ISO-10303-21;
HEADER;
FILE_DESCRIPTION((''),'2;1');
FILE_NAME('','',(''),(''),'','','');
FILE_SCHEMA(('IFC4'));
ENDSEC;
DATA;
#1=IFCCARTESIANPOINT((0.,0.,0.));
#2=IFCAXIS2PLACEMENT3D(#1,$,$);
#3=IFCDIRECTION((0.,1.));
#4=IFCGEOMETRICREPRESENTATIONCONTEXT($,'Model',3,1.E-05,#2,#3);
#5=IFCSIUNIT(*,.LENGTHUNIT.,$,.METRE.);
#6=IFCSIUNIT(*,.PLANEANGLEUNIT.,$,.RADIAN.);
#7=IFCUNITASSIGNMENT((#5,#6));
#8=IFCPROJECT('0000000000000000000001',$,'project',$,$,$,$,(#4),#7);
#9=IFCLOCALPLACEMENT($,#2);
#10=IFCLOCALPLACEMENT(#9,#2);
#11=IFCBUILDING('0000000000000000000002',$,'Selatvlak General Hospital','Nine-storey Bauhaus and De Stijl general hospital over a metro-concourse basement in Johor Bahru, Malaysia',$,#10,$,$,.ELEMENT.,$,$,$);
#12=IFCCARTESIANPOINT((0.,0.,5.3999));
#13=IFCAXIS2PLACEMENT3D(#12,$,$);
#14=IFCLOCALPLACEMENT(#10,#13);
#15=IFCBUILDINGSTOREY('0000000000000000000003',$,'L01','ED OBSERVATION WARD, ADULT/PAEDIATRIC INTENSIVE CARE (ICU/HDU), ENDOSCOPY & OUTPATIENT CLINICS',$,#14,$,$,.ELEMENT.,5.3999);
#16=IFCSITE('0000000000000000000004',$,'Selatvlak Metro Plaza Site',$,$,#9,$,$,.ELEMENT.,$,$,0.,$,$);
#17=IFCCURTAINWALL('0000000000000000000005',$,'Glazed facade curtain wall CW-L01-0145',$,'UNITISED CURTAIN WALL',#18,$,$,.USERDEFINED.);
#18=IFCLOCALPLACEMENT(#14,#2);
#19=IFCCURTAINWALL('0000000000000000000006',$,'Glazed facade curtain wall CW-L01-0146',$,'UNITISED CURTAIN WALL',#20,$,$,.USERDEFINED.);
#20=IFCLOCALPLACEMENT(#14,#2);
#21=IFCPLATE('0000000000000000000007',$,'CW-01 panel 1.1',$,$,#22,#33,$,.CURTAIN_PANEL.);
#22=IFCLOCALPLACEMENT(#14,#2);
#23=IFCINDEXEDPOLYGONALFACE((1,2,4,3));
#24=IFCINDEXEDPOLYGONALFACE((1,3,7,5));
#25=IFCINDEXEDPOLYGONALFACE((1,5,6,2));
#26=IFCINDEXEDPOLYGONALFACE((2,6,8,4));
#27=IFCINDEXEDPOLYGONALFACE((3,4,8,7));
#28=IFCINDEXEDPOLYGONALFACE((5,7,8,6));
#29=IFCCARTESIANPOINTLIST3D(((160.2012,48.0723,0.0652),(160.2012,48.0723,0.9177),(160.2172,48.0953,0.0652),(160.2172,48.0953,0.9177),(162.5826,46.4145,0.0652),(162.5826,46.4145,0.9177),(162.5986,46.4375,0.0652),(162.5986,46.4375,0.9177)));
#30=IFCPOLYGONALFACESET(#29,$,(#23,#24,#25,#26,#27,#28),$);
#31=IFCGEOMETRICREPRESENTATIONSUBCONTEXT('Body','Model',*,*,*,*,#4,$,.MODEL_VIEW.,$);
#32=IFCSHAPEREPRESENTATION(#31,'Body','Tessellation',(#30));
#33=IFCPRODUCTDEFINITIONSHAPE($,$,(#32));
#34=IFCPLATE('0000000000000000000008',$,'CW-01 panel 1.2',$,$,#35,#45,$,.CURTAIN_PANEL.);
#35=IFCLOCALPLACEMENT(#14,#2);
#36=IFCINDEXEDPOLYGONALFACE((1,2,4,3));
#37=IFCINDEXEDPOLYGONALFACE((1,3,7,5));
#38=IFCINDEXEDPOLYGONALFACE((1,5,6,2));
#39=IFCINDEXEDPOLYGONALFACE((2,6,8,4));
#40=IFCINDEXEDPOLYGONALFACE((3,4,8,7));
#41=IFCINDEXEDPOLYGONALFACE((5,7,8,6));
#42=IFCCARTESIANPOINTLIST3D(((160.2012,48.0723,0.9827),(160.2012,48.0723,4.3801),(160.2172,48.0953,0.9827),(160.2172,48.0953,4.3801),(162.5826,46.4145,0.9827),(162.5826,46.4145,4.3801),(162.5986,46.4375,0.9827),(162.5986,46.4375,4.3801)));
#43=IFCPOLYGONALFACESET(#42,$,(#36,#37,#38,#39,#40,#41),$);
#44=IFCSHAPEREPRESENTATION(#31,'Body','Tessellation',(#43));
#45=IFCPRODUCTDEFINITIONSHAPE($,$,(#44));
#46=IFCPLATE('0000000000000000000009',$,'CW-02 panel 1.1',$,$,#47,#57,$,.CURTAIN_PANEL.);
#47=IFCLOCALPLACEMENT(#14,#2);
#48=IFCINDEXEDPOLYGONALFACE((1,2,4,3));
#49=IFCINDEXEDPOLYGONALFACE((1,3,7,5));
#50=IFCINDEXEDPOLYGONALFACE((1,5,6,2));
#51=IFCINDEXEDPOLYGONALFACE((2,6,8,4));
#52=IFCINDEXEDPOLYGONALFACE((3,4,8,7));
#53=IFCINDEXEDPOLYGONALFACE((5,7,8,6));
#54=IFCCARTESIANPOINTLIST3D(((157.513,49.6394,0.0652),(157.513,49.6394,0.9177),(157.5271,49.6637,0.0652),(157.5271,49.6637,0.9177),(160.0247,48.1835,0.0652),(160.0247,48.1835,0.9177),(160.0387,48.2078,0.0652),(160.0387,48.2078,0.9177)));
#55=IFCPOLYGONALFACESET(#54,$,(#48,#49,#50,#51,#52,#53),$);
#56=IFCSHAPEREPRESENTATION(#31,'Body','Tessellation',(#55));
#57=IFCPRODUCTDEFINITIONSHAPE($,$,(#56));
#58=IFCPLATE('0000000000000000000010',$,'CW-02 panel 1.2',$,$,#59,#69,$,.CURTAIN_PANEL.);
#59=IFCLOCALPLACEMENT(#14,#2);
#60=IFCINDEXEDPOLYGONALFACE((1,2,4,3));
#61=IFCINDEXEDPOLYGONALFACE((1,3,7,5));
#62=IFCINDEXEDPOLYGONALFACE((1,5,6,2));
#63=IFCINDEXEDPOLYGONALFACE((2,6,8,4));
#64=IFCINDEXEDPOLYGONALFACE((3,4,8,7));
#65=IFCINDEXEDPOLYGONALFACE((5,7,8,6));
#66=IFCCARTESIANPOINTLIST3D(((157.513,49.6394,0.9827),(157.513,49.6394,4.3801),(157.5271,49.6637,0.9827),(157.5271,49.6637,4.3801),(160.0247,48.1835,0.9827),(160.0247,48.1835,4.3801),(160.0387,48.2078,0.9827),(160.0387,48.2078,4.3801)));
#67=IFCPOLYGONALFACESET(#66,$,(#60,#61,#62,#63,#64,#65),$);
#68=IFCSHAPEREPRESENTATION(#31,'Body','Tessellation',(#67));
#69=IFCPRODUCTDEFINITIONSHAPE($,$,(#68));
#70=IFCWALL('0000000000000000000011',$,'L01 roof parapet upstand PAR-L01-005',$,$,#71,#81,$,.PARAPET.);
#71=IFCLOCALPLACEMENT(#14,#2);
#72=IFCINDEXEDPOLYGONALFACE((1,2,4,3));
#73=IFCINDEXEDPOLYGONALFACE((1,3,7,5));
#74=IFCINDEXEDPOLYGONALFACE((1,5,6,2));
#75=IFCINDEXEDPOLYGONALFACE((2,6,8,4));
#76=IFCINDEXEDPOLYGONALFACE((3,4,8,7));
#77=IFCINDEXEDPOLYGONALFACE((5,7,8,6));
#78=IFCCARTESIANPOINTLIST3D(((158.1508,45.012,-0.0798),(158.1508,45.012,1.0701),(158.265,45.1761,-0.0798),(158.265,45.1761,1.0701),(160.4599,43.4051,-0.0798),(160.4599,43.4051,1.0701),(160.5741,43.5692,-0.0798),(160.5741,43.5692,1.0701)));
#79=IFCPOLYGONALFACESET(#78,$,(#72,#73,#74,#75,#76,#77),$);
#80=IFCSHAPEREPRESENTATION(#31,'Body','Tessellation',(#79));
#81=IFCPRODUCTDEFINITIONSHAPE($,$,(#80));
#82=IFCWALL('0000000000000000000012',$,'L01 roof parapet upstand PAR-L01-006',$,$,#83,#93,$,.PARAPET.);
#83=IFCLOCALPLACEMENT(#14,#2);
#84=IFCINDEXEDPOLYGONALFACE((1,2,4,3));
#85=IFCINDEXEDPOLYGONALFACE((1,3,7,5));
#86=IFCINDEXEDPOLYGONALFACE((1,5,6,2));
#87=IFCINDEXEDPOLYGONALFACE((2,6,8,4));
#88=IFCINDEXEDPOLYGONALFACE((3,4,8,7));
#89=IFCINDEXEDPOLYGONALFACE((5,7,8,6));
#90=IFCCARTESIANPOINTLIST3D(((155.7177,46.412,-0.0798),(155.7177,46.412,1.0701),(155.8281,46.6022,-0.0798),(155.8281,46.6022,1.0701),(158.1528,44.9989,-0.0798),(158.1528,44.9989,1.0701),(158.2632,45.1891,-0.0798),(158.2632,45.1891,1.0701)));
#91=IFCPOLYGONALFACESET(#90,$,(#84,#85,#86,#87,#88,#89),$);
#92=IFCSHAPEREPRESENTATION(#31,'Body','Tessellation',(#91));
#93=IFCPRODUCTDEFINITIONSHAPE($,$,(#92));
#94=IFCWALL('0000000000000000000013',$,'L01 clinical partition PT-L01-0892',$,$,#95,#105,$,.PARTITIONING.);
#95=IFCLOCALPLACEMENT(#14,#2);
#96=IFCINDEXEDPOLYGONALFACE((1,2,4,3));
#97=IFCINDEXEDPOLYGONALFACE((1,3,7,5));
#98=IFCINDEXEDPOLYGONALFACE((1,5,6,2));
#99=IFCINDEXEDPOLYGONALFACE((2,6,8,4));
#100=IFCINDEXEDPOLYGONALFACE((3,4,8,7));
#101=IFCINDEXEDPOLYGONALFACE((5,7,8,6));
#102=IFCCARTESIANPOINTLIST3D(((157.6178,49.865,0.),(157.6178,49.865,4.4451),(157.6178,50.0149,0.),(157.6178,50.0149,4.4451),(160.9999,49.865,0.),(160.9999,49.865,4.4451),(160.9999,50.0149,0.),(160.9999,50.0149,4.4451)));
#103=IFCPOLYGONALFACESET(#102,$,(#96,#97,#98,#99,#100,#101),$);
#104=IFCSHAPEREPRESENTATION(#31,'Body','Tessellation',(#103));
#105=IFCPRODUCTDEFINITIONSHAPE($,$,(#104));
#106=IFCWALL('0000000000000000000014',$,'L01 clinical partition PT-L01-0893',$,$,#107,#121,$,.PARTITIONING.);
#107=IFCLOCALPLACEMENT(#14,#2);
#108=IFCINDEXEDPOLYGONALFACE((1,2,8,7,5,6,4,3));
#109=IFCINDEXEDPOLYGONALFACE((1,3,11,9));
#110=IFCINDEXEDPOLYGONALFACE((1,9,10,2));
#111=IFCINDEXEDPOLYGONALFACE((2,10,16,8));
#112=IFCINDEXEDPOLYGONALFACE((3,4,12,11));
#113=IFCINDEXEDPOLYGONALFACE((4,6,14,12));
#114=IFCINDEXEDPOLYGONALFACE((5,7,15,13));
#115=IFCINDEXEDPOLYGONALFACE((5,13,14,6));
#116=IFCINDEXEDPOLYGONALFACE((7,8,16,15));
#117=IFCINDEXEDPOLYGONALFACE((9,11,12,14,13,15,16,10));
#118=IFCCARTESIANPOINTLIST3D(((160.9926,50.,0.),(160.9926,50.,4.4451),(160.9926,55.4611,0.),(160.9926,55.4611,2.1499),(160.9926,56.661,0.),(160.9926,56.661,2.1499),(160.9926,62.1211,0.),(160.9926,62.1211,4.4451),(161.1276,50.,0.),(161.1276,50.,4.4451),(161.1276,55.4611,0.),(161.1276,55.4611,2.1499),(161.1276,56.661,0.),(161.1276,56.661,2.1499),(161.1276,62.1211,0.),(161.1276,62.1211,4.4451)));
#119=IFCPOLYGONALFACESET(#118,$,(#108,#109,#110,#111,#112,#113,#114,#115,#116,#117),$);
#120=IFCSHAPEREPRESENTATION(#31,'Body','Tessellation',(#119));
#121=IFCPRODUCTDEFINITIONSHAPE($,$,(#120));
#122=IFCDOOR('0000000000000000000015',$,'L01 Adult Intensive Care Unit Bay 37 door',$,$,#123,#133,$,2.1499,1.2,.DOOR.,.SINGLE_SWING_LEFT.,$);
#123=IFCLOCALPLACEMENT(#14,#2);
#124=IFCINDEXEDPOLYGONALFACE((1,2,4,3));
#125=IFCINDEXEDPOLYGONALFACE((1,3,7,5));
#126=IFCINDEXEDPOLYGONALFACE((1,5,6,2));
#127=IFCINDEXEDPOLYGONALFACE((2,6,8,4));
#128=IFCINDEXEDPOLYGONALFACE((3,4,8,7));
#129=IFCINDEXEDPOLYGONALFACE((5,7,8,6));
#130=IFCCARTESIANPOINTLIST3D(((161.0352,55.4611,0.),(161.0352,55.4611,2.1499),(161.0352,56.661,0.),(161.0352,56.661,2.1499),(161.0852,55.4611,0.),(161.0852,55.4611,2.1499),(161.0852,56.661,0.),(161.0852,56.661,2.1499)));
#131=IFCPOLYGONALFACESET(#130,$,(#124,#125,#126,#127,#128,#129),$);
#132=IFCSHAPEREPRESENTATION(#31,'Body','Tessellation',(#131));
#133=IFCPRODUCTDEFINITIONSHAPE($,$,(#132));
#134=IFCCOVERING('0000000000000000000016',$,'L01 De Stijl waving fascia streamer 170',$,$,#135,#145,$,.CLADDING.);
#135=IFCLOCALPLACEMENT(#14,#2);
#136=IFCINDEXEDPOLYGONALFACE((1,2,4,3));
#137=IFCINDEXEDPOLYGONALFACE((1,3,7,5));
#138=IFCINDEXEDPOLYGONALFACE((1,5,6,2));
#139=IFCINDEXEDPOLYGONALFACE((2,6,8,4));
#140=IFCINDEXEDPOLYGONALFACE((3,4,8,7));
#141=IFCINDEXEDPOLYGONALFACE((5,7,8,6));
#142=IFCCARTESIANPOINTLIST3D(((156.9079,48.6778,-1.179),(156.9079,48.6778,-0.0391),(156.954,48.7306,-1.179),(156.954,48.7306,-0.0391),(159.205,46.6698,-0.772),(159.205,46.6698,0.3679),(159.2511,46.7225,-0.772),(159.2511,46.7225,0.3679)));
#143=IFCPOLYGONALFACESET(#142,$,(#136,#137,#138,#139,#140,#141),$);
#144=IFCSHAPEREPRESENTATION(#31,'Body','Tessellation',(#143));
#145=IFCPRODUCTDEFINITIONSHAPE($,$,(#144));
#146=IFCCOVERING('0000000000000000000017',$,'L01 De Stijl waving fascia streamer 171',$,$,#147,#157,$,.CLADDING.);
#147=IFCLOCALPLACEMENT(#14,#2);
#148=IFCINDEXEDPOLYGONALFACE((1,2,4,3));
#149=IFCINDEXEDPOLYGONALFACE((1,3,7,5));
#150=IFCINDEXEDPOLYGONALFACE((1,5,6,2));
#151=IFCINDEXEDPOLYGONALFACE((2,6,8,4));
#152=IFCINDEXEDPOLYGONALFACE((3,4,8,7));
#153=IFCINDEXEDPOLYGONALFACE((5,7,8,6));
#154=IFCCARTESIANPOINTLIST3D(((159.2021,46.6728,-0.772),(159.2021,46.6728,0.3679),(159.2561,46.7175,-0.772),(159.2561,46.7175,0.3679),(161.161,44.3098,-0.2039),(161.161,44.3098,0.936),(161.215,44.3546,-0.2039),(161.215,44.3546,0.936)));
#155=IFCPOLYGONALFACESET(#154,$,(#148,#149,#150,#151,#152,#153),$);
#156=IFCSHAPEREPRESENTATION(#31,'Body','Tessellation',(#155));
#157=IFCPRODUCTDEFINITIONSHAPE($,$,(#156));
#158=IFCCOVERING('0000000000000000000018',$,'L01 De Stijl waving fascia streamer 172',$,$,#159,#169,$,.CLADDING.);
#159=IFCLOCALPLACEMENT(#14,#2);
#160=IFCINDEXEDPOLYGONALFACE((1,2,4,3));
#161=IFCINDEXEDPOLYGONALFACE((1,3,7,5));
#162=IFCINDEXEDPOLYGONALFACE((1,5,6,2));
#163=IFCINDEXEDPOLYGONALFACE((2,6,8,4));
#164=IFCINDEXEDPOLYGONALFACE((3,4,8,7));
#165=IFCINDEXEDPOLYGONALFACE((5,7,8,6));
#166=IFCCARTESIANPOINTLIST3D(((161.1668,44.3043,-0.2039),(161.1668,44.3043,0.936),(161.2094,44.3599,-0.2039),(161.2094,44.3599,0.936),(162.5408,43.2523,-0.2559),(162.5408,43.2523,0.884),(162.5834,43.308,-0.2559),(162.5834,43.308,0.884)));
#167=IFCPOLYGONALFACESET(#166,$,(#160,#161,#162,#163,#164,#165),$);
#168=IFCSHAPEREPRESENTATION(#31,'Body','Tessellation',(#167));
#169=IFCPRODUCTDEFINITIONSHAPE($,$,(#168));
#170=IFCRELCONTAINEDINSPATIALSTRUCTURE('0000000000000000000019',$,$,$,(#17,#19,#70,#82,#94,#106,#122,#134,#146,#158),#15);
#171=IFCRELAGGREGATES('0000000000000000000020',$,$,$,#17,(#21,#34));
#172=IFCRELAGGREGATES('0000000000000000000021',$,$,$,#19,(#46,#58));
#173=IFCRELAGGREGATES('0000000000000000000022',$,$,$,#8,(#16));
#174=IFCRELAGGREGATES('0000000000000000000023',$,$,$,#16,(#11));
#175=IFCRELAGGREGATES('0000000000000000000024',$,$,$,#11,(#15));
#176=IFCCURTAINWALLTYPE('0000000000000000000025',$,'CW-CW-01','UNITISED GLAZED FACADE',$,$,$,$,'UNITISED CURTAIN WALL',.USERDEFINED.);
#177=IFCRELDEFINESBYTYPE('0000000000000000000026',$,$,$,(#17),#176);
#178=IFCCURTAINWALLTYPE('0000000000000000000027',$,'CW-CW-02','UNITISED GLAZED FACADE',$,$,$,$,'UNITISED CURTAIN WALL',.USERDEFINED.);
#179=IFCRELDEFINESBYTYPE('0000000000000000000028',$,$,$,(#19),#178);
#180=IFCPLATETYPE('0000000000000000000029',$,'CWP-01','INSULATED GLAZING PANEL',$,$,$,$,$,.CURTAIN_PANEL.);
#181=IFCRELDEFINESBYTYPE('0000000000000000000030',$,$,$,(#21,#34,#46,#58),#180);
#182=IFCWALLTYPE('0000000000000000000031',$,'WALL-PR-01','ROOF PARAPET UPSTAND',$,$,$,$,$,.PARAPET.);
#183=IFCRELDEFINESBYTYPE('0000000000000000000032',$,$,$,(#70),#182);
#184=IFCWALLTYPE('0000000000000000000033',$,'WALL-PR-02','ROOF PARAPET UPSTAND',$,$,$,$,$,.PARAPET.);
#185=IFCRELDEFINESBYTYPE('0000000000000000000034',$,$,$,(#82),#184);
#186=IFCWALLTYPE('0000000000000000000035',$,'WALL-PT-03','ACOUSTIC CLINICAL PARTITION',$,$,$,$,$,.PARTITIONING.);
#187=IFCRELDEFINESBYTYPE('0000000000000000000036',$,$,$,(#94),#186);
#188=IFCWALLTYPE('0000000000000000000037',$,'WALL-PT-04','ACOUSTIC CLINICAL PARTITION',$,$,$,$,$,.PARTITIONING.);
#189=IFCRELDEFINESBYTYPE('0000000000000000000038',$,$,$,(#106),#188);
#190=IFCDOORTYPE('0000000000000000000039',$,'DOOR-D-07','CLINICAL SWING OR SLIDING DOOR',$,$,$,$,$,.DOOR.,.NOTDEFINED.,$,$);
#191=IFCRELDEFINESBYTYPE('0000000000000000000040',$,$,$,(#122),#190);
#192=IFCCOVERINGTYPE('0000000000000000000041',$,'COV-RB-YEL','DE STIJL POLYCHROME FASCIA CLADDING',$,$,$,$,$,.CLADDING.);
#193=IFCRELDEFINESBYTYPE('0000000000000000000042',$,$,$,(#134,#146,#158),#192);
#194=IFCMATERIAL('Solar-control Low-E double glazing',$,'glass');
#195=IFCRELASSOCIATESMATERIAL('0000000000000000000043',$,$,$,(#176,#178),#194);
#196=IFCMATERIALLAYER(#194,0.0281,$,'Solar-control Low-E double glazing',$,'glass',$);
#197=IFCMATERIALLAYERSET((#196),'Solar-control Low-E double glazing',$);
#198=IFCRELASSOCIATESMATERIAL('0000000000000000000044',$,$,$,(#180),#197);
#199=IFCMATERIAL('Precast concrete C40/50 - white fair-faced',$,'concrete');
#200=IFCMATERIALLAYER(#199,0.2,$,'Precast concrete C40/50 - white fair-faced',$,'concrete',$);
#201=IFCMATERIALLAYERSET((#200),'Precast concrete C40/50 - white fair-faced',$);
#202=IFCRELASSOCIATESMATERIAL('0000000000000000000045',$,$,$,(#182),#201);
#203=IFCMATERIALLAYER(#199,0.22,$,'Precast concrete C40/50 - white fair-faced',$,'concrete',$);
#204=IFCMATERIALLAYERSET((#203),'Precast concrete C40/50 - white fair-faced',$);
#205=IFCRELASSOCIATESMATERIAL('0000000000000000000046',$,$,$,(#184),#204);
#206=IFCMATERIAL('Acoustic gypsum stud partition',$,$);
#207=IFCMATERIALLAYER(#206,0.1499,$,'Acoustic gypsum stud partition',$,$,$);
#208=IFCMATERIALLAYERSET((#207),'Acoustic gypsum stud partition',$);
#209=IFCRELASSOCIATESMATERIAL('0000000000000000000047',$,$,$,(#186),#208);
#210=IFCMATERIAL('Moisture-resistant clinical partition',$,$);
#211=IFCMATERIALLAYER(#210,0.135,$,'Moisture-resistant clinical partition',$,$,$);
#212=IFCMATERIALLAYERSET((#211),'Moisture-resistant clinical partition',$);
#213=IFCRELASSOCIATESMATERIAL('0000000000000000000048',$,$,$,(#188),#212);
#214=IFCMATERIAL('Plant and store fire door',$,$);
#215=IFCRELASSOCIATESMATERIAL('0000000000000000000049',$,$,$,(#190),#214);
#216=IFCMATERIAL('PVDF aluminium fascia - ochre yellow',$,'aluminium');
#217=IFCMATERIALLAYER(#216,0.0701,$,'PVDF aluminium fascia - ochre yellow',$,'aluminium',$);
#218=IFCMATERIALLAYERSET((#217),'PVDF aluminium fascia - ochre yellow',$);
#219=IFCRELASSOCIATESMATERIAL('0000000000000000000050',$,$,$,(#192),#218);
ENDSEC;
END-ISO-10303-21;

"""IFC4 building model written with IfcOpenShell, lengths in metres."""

from ifc_helpers import new_model, si_unit, direction, frame, frame_2d, origin, origin_2d, place, context, subcontext, project, spatial, polyline, rectangle, outline, extrude, material, layer, layer_set, type_object, element, fill, aggregate, save


model = new_model("IFC4")

# Units and contexts
model_context = context("Model", 3, precision=1e-05, world=origin(), true_north=direction((0.0, 1.0)))
body_context = subcontext(model_context, "Body", "Model", "MODEL_VIEW")
ifc_project = project(units=[si_unit("LENGTHUNIT", "METRE"), si_unit("PLANEANGLEUNIT", "RADIAN")], contexts=[model_context])

# Site, building, storey
site_placement = place(None, origin())
site = spatial("IfcSite", under=ifc_project, at=site_placement, Name="Selatvlak Metro Plaza Site", CompositionType="ELEMENT", RefElevation=0.0)
building_placement = place(site_placement, origin())
building = spatial("IfcBuilding", under=site, at=building_placement, Name="Selatvlak General Hospital", Description="Nine-storey Bauhaus and De Stijl general hospital over a metro-concourse basement in Johor Bahru, Malaysia", CompositionType="ELEMENT")
storey_placement = place(building_placement, frame((0.0, 0.0, 5.3999)))
storey = spatial("IfcBuildingStorey", under=building, at=storey_placement, Name="L01", Description="ED OBSERVATION WARD, ADULT/PAEDIATRIC INTENSIVE CARE (ICU/HDU), ENDOSCOPY & OUTPATIENT CLINICS", CompositionType="ELEMENT", Elevation=5.3999)

# Curtain wall
ifc_material_1 = material(Name="Solar-control Low-E double glazing", Category="glass")
curtain_wall_type_1 = type_object("IfcCurtainWallType", Name="CW-CW-01", Description="UNITISED GLAZED FACADE", ElementType="UNITISED CURTAIN WALL", PredefinedType="USERDEFINED", material=ifc_material_1)
curtain_wall_1_placement = place(storey_placement, origin())
curtain_wall_1 = element("IfcCurtainWall", 1, at=curtain_wall_1_placement, inside=storey, type_object=curtain_wall_type_1, Name="Glazed facade curtain wall CW-L01-0145", ObjectType="UNITISED CURTAIN WALL", PredefinedType="USERDEFINED")

# Curtain wall
curtain_wall_type_2 = type_object("IfcCurtainWallType", Name="CW-CW-02", Description="UNITISED GLAZED FACADE", ElementType="UNITISED CURTAIN WALL", PredefinedType="USERDEFINED", material=ifc_material_1)
curtain_wall_2_placement = place(storey_placement, origin())
curtain_wall_2 = element("IfcCurtainWall", 2, at=curtain_wall_2_placement, inside=storey, type_object=curtain_wall_type_2, Name="Glazed facade curtain wall CW-L01-0146", ObjectType="UNITISED CURTAIN WALL", PredefinedType="USERDEFINED")

# Plates
ifc_layer_1 = layer(ifc_material_1, 0.0281, Name="Solar-control Low-E double glazing", Category="glass")
ifc_layer_set_1 = layer_set([ifc_layer_1], Name="Solar-control Low-E double glazing")
plate_type = type_object("IfcPlateType", Name="CWP-01", Description="INSULATED GLAZING PANEL", PredefinedType="CURTAIN_PANEL", material=ifc_layer_set_1)
plate_1_placement = place(storey_placement, frame((161.3999, 47.2549, 0.0652), z_axis=(0.0, 0.0, 1.0), x_axis=(-0.820717, 0.571335, 0.0)))
plate_1 = element("IfcPlate", 3, at=plate_1_placement, type_object=plate_type, Name="CW-01 panel 1.1", PredefinedType="CURTAIN_PANEL", context=body_context, shape_type="SweptSolid", body=[
    extrude(rectangle(XDim=2.9016, YDim=0.0281, at=origin_2d()), origin(), (0.0, 0.0, 1.0), 0.8525),
])
plate_2_placement = place(storey_placement, frame((161.3999, 47.2549, 0.9827), z_axis=(0.0, 0.0, 1.0), x_axis=(-0.820717, 0.571335, 0.0)))
plate_2 = element("IfcPlate", 4, at=plate_2_placement, type_object=plate_type, Name="CW-01 panel 1.2", PredefinedType="CURTAIN_PANEL", context=body_context, shape_type="SweptSolid", body=[
    extrude(rectangle(XDim=2.9016, YDim=0.0281, at=origin_2d()), origin(), (0.0, 0.0, 1.0), 3.3975),
])
aggregate(curtain_wall_1, [plate_1, plate_2])
plate_3_placement = place(storey_placement, frame((158.7759, 48.9236, 0.0652), z_axis=(0.0, 0.0, 1.0), x_axis=(-0.865163, 0.501491, 0.0)))
plate_3 = element("IfcPlate", 5, at=plate_3_placement, type_object=plate_type, Name="CW-02 panel 1.1", PredefinedType="CURTAIN_PANEL", context=body_context, shape_type="SweptSolid", body=[
    extrude(rectangle(XDim=2.9031, YDim=0.0281, at=origin_2d()), origin(), (0.0, 0.0, 1.0), 0.8525),
])
plate_4_placement = place(storey_placement, frame((158.7759, 48.9236, 0.9827), z_axis=(0.0, 0.0, 1.0), x_axis=(-0.865163, 0.501491, 0.0)))
plate_4 = element("IfcPlate", 6, at=plate_4_placement, type_object=plate_type, Name="CW-02 panel 1.2", PredefinedType="CURTAIN_PANEL", context=body_context, shape_type="SweptSolid", body=[
    extrude(rectangle(XDim=2.9031, YDim=0.0281, at=origin_2d()), origin(), (0.0, 0.0, 1.0), 3.3975),
])
aggregate(curtain_wall_2, [plate_3, plate_4])

# Walls
ifc_material_2 = material(Name="Precast concrete C40/50 - white fair-faced", Category="concrete")
ifc_layer_2 = layer(ifc_material_2, 0.2, Name="Precast concrete C40/50 - white fair-faced", Category="concrete")
ifc_layer_set_2 = layer_set([ifc_layer_2], Name="Precast concrete C40/50 - white fair-faced")
wall_type_1 = type_object("IfcWallType", Name="WALL-PR-01", Description="ROOF PARAPET UPSTAND", PredefinedType="PARAPET", material=ifc_layer_set_2)
wall_1_placement = place(storey_placement, frame((160.5171, 43.4871, -0.0798), z_axis=(0.0, 0.0, 1.0), x_axis=(-0.820803, 0.571212, 0.0)))
element("IfcWall", 7, at=wall_1_placement, inside=storey, type_object=wall_type_1, Name="L01 roof parapet upstand PAR-L01-005", PredefinedType="PARAPET", context=body_context, shape_type="SweptSolid", body=[
    extrude(rectangle(XDim=2.8132, YDim=0.2, at=frame_2d((1.4067, 0.0))), origin(), (0.0, 0.0, 1.0), 1.1499),
])
ifc_layer_3 = layer(ifc_material_2, 0.22, Name="Precast concrete C40/50 - white fair-faced", Category="concrete")
ifc_layer_set_3 = layer_set([ifc_layer_3], Name="Precast concrete C40/50 - white fair-faced")
wall_type_2 = type_object("IfcWallType", Name="WALL-PR-02", Description="ROOF PARAPET UPSTAND", PredefinedType="PARAPET", material=ifc_layer_set_3)
wall_2_placement = place(storey_placement, frame((158.208, 45.094, -0.0798), z_axis=(0.0, 0.0, 1.0), x_axis=(-0.864915, 0.501918, 0.0)))
element("IfcWall", 8, at=wall_2_placement, inside=storey, type_object=wall_type_2, Name="L01 roof parapet upstand PAR-L01-006", PredefinedType="PARAPET", context=body_context, shape_type="SweptSolid", body=[
    extrude(rectangle(XDim=2.8154, YDim=0.22, at=frame_2d((1.4077, 0.0))), origin(), (0.0, 0.0, 1.0), 1.1499),
])
ifc_material_3 = material(Name="Acoustic gypsum stud partition")
ifc_layer_4 = layer(ifc_material_3, 0.1499, Name="Acoustic gypsum stud partition")
ifc_layer_set_4 = layer_set([ifc_layer_4], Name="Acoustic gypsum stud partition")
wall_type_3 = type_object("IfcWallType", Name="WALL-PT-03", Description="ACOUSTIC CLINICAL PARTITION", PredefinedType="PARTITIONING", material=ifc_layer_set_4)
wall_3_placement = place(storey_placement, frame((157.6179, 49.9399, 0.0), z_axis=(0.0, 0.0, 1.0), x_axis=(1.0, 0.0, 0.0)))
element("IfcWall", 9, at=wall_3_placement, inside=storey, type_object=wall_type_3, Name="L01 clinical partition PT-L01-0892", PredefinedType="PARTITIONING", context=body_context, shape_type="SweptSolid", body=[
    extrude(rectangle(XDim=3.3821, YDim=0.1499, at=frame_2d((1.6909, 0.0))), origin(), (0.0, 0.0, 1.0), 4.4451),
])

# Wall, opening, door
ifc_material_4 = material(Name="Moisture-resistant clinical partition")
ifc_layer_5 = layer(ifc_material_4, 0.135, Name="Moisture-resistant clinical partition")
ifc_layer_set_5 = layer_set([ifc_layer_5], Name="Moisture-resistant clinical partition")
wall_type_4 = type_object("IfcWallType", Name="WALL-PT-04", Description="ACOUSTIC CLINICAL PARTITION", PredefinedType="PARTITIONING", material=ifc_layer_set_5)
wall_4_placement = place(storey_placement, frame((161.0601, 50.0, 0.0), z_axis=(0.0, 0.0, 1.0), x_axis=(0.0, 1.0, 0.0)))
wall_4 = element("IfcWall", 10, at=wall_4_placement, inside=storey, type_object=wall_type_4, Name="L01 clinical partition PT-L01-0893", PredefinedType="PARTITIONING", context=body_context, shape_type="SweptSolid", body=[
    extrude(rectangle(XDim=12.1211, YDim=0.135, at=frame_2d((6.0605, 0.0))), origin(), (0.0, 0.0, 1.0), 4.4451),
])
opening_placement = place(wall_4_placement, frame((5.4609, 0.0, 0.0)))
opening = element("IfcOpeningElement", 11, at=opening_placement, cuts=wall_4, PredefinedType="OPENING", context=body_context, shape_type="SweptSolid", body=[
    extrude(rectangle(XDim=1.2, YDim=2.1499, at=frame_2d((0.6001, 1.075))), frame((0.0, 0.0774, 0.0), z_axis=(0.0, -1.0, 0.0), x_axis=(1.0, 0.0, 0.0)), (0.0, 0.0, 1.0), 0.155),
])
ifc_material_5 = material(Name="Plant and store fire door")
door_type = type_object("IfcDoorType", Name="DOOR-D-07", Description="CLINICAL SWING OR SLIDING DOOR", OperationType="NOTDEFINED", PredefinedType="DOOR", material=ifc_material_5)
door_placement = place(opening_placement, origin())
door = element("IfcDoor", 12, at=door_placement, inside=storey, type_object=door_type, Name="L01 Adult Intensive Care Unit Bay 37 door", OperationType="SINGLE_SWING_LEFT", OverallHeight=2.1499, OverallWidth=1.2, PredefinedType="DOOR", context=body_context, shape_type="SweptSolid", body=[
    extrude(rectangle(XDim=1.2, YDim=2.1499, at=frame_2d((0.6001, 1.075))), frame((0.0, 0.0249, 0.0), z_axis=(0.0, -1.0, 0.0), x_axis=(1.0, 0.0, 0.0)), (0.0, 0.0, 1.0), 0.05),
])
fill(opening, door)

# Coverings
ifc_material_6 = material(Name="PVDF aluminium fascia - ochre yellow", Category="aluminium")
ifc_layer_6 = layer(ifc_material_6, 0.0701, Name="PVDF aluminium fascia - ochre yellow", Category="aluminium")
ifc_layer_set_6 = layer_set([ifc_layer_6], Name="PVDF aluminium fascia - ochre yellow")
covering_type_1 = type_object("IfcCoveringType", Name="COV-RB-YEL", Description="DE STIJL POLYCHROME FASCIA CLADDING", PredefinedType="CLADDING", material=ifc_layer_set_6)
covering_1_placement = place(storey_placement, frame((156.9309, 48.7041, -1.179), z_axis=(0.0, 0.0, 1.0), x_axis=(0.752889, -0.658148, 0.0)))
element("IfcCovering", 13, at=covering_1_placement, inside=storey, type_object=covering_type_1, Name="L01 De Stijl waving fascia streamer 170", PredefinedType="CLADDING", context=body_context, shape_type="SweptSolid", body=[
    extrude(outline(polyline([(0.0, 0.0), (3.051, 0.407), (3.051, 1.5469), (0.0, 1.1399), (0.0, 0.0)])), frame((0.0, 0.0352, 0.0), z_axis=(0.0, -1.0, 0.0), x_axis=(1.0, 0.0, 0.0)), (0.0, 0.0, 1.0), 0.0701),
])
covering_2_placement = place(storey_placement, frame((159.229, 46.6951, -0.772), z_axis=(0.0, 0.0, 1.0), x_axis=(0.638219, -0.769855, 0.0)))
element("IfcCovering", 14, at=covering_2_placement, inside=storey, type_object=covering_type_1, Name="L01 De Stijl waving fascia streamer 171", PredefinedType="CLADDING", context=body_context, shape_type="SweptSolid", body=[
    extrude(outline(polyline([(0.0, 0.0), (3.0693, 0.5681), (3.0693, 1.708), (0.0, 1.1399), (0.0, 0.0)])), frame((0.0, 0.0352, 0.0), z_axis=(0.0, -1.0, 0.0), x_axis=(1.0, 0.0, 0.0)), (0.0, 0.0, 1.0), 0.0701),
])
covering_3_placement = place(storey_placement, frame((161.188, 44.332, -0.2039), z_axis=(0.0, 0.0, 1.0), x_axis=(0.794001, -0.607916, 0.0)))
element("IfcCovering", 15, at=covering_3_placement, inside=storey, type_object=covering_type_1, Name="L01 De Stijl waving fascia streamer 172", PredefinedType="CLADDING", context=body_context, shape_type="SweptSolid", body=[
    extrude(outline(polyline([(0.0, 0.0), (1.7305, -0.052), (1.7305, 1.0879), (0.0, 1.1399), (0.0, 0.0)])), frame((0.0, 0.0352, 0.0), z_axis=(0.0, -1.0, 0.0), x_axis=(1.0, 0.0, 0.0)), (0.0, 0.0, 1.0), 0.0701),
])

save(model, "model.ifc")
